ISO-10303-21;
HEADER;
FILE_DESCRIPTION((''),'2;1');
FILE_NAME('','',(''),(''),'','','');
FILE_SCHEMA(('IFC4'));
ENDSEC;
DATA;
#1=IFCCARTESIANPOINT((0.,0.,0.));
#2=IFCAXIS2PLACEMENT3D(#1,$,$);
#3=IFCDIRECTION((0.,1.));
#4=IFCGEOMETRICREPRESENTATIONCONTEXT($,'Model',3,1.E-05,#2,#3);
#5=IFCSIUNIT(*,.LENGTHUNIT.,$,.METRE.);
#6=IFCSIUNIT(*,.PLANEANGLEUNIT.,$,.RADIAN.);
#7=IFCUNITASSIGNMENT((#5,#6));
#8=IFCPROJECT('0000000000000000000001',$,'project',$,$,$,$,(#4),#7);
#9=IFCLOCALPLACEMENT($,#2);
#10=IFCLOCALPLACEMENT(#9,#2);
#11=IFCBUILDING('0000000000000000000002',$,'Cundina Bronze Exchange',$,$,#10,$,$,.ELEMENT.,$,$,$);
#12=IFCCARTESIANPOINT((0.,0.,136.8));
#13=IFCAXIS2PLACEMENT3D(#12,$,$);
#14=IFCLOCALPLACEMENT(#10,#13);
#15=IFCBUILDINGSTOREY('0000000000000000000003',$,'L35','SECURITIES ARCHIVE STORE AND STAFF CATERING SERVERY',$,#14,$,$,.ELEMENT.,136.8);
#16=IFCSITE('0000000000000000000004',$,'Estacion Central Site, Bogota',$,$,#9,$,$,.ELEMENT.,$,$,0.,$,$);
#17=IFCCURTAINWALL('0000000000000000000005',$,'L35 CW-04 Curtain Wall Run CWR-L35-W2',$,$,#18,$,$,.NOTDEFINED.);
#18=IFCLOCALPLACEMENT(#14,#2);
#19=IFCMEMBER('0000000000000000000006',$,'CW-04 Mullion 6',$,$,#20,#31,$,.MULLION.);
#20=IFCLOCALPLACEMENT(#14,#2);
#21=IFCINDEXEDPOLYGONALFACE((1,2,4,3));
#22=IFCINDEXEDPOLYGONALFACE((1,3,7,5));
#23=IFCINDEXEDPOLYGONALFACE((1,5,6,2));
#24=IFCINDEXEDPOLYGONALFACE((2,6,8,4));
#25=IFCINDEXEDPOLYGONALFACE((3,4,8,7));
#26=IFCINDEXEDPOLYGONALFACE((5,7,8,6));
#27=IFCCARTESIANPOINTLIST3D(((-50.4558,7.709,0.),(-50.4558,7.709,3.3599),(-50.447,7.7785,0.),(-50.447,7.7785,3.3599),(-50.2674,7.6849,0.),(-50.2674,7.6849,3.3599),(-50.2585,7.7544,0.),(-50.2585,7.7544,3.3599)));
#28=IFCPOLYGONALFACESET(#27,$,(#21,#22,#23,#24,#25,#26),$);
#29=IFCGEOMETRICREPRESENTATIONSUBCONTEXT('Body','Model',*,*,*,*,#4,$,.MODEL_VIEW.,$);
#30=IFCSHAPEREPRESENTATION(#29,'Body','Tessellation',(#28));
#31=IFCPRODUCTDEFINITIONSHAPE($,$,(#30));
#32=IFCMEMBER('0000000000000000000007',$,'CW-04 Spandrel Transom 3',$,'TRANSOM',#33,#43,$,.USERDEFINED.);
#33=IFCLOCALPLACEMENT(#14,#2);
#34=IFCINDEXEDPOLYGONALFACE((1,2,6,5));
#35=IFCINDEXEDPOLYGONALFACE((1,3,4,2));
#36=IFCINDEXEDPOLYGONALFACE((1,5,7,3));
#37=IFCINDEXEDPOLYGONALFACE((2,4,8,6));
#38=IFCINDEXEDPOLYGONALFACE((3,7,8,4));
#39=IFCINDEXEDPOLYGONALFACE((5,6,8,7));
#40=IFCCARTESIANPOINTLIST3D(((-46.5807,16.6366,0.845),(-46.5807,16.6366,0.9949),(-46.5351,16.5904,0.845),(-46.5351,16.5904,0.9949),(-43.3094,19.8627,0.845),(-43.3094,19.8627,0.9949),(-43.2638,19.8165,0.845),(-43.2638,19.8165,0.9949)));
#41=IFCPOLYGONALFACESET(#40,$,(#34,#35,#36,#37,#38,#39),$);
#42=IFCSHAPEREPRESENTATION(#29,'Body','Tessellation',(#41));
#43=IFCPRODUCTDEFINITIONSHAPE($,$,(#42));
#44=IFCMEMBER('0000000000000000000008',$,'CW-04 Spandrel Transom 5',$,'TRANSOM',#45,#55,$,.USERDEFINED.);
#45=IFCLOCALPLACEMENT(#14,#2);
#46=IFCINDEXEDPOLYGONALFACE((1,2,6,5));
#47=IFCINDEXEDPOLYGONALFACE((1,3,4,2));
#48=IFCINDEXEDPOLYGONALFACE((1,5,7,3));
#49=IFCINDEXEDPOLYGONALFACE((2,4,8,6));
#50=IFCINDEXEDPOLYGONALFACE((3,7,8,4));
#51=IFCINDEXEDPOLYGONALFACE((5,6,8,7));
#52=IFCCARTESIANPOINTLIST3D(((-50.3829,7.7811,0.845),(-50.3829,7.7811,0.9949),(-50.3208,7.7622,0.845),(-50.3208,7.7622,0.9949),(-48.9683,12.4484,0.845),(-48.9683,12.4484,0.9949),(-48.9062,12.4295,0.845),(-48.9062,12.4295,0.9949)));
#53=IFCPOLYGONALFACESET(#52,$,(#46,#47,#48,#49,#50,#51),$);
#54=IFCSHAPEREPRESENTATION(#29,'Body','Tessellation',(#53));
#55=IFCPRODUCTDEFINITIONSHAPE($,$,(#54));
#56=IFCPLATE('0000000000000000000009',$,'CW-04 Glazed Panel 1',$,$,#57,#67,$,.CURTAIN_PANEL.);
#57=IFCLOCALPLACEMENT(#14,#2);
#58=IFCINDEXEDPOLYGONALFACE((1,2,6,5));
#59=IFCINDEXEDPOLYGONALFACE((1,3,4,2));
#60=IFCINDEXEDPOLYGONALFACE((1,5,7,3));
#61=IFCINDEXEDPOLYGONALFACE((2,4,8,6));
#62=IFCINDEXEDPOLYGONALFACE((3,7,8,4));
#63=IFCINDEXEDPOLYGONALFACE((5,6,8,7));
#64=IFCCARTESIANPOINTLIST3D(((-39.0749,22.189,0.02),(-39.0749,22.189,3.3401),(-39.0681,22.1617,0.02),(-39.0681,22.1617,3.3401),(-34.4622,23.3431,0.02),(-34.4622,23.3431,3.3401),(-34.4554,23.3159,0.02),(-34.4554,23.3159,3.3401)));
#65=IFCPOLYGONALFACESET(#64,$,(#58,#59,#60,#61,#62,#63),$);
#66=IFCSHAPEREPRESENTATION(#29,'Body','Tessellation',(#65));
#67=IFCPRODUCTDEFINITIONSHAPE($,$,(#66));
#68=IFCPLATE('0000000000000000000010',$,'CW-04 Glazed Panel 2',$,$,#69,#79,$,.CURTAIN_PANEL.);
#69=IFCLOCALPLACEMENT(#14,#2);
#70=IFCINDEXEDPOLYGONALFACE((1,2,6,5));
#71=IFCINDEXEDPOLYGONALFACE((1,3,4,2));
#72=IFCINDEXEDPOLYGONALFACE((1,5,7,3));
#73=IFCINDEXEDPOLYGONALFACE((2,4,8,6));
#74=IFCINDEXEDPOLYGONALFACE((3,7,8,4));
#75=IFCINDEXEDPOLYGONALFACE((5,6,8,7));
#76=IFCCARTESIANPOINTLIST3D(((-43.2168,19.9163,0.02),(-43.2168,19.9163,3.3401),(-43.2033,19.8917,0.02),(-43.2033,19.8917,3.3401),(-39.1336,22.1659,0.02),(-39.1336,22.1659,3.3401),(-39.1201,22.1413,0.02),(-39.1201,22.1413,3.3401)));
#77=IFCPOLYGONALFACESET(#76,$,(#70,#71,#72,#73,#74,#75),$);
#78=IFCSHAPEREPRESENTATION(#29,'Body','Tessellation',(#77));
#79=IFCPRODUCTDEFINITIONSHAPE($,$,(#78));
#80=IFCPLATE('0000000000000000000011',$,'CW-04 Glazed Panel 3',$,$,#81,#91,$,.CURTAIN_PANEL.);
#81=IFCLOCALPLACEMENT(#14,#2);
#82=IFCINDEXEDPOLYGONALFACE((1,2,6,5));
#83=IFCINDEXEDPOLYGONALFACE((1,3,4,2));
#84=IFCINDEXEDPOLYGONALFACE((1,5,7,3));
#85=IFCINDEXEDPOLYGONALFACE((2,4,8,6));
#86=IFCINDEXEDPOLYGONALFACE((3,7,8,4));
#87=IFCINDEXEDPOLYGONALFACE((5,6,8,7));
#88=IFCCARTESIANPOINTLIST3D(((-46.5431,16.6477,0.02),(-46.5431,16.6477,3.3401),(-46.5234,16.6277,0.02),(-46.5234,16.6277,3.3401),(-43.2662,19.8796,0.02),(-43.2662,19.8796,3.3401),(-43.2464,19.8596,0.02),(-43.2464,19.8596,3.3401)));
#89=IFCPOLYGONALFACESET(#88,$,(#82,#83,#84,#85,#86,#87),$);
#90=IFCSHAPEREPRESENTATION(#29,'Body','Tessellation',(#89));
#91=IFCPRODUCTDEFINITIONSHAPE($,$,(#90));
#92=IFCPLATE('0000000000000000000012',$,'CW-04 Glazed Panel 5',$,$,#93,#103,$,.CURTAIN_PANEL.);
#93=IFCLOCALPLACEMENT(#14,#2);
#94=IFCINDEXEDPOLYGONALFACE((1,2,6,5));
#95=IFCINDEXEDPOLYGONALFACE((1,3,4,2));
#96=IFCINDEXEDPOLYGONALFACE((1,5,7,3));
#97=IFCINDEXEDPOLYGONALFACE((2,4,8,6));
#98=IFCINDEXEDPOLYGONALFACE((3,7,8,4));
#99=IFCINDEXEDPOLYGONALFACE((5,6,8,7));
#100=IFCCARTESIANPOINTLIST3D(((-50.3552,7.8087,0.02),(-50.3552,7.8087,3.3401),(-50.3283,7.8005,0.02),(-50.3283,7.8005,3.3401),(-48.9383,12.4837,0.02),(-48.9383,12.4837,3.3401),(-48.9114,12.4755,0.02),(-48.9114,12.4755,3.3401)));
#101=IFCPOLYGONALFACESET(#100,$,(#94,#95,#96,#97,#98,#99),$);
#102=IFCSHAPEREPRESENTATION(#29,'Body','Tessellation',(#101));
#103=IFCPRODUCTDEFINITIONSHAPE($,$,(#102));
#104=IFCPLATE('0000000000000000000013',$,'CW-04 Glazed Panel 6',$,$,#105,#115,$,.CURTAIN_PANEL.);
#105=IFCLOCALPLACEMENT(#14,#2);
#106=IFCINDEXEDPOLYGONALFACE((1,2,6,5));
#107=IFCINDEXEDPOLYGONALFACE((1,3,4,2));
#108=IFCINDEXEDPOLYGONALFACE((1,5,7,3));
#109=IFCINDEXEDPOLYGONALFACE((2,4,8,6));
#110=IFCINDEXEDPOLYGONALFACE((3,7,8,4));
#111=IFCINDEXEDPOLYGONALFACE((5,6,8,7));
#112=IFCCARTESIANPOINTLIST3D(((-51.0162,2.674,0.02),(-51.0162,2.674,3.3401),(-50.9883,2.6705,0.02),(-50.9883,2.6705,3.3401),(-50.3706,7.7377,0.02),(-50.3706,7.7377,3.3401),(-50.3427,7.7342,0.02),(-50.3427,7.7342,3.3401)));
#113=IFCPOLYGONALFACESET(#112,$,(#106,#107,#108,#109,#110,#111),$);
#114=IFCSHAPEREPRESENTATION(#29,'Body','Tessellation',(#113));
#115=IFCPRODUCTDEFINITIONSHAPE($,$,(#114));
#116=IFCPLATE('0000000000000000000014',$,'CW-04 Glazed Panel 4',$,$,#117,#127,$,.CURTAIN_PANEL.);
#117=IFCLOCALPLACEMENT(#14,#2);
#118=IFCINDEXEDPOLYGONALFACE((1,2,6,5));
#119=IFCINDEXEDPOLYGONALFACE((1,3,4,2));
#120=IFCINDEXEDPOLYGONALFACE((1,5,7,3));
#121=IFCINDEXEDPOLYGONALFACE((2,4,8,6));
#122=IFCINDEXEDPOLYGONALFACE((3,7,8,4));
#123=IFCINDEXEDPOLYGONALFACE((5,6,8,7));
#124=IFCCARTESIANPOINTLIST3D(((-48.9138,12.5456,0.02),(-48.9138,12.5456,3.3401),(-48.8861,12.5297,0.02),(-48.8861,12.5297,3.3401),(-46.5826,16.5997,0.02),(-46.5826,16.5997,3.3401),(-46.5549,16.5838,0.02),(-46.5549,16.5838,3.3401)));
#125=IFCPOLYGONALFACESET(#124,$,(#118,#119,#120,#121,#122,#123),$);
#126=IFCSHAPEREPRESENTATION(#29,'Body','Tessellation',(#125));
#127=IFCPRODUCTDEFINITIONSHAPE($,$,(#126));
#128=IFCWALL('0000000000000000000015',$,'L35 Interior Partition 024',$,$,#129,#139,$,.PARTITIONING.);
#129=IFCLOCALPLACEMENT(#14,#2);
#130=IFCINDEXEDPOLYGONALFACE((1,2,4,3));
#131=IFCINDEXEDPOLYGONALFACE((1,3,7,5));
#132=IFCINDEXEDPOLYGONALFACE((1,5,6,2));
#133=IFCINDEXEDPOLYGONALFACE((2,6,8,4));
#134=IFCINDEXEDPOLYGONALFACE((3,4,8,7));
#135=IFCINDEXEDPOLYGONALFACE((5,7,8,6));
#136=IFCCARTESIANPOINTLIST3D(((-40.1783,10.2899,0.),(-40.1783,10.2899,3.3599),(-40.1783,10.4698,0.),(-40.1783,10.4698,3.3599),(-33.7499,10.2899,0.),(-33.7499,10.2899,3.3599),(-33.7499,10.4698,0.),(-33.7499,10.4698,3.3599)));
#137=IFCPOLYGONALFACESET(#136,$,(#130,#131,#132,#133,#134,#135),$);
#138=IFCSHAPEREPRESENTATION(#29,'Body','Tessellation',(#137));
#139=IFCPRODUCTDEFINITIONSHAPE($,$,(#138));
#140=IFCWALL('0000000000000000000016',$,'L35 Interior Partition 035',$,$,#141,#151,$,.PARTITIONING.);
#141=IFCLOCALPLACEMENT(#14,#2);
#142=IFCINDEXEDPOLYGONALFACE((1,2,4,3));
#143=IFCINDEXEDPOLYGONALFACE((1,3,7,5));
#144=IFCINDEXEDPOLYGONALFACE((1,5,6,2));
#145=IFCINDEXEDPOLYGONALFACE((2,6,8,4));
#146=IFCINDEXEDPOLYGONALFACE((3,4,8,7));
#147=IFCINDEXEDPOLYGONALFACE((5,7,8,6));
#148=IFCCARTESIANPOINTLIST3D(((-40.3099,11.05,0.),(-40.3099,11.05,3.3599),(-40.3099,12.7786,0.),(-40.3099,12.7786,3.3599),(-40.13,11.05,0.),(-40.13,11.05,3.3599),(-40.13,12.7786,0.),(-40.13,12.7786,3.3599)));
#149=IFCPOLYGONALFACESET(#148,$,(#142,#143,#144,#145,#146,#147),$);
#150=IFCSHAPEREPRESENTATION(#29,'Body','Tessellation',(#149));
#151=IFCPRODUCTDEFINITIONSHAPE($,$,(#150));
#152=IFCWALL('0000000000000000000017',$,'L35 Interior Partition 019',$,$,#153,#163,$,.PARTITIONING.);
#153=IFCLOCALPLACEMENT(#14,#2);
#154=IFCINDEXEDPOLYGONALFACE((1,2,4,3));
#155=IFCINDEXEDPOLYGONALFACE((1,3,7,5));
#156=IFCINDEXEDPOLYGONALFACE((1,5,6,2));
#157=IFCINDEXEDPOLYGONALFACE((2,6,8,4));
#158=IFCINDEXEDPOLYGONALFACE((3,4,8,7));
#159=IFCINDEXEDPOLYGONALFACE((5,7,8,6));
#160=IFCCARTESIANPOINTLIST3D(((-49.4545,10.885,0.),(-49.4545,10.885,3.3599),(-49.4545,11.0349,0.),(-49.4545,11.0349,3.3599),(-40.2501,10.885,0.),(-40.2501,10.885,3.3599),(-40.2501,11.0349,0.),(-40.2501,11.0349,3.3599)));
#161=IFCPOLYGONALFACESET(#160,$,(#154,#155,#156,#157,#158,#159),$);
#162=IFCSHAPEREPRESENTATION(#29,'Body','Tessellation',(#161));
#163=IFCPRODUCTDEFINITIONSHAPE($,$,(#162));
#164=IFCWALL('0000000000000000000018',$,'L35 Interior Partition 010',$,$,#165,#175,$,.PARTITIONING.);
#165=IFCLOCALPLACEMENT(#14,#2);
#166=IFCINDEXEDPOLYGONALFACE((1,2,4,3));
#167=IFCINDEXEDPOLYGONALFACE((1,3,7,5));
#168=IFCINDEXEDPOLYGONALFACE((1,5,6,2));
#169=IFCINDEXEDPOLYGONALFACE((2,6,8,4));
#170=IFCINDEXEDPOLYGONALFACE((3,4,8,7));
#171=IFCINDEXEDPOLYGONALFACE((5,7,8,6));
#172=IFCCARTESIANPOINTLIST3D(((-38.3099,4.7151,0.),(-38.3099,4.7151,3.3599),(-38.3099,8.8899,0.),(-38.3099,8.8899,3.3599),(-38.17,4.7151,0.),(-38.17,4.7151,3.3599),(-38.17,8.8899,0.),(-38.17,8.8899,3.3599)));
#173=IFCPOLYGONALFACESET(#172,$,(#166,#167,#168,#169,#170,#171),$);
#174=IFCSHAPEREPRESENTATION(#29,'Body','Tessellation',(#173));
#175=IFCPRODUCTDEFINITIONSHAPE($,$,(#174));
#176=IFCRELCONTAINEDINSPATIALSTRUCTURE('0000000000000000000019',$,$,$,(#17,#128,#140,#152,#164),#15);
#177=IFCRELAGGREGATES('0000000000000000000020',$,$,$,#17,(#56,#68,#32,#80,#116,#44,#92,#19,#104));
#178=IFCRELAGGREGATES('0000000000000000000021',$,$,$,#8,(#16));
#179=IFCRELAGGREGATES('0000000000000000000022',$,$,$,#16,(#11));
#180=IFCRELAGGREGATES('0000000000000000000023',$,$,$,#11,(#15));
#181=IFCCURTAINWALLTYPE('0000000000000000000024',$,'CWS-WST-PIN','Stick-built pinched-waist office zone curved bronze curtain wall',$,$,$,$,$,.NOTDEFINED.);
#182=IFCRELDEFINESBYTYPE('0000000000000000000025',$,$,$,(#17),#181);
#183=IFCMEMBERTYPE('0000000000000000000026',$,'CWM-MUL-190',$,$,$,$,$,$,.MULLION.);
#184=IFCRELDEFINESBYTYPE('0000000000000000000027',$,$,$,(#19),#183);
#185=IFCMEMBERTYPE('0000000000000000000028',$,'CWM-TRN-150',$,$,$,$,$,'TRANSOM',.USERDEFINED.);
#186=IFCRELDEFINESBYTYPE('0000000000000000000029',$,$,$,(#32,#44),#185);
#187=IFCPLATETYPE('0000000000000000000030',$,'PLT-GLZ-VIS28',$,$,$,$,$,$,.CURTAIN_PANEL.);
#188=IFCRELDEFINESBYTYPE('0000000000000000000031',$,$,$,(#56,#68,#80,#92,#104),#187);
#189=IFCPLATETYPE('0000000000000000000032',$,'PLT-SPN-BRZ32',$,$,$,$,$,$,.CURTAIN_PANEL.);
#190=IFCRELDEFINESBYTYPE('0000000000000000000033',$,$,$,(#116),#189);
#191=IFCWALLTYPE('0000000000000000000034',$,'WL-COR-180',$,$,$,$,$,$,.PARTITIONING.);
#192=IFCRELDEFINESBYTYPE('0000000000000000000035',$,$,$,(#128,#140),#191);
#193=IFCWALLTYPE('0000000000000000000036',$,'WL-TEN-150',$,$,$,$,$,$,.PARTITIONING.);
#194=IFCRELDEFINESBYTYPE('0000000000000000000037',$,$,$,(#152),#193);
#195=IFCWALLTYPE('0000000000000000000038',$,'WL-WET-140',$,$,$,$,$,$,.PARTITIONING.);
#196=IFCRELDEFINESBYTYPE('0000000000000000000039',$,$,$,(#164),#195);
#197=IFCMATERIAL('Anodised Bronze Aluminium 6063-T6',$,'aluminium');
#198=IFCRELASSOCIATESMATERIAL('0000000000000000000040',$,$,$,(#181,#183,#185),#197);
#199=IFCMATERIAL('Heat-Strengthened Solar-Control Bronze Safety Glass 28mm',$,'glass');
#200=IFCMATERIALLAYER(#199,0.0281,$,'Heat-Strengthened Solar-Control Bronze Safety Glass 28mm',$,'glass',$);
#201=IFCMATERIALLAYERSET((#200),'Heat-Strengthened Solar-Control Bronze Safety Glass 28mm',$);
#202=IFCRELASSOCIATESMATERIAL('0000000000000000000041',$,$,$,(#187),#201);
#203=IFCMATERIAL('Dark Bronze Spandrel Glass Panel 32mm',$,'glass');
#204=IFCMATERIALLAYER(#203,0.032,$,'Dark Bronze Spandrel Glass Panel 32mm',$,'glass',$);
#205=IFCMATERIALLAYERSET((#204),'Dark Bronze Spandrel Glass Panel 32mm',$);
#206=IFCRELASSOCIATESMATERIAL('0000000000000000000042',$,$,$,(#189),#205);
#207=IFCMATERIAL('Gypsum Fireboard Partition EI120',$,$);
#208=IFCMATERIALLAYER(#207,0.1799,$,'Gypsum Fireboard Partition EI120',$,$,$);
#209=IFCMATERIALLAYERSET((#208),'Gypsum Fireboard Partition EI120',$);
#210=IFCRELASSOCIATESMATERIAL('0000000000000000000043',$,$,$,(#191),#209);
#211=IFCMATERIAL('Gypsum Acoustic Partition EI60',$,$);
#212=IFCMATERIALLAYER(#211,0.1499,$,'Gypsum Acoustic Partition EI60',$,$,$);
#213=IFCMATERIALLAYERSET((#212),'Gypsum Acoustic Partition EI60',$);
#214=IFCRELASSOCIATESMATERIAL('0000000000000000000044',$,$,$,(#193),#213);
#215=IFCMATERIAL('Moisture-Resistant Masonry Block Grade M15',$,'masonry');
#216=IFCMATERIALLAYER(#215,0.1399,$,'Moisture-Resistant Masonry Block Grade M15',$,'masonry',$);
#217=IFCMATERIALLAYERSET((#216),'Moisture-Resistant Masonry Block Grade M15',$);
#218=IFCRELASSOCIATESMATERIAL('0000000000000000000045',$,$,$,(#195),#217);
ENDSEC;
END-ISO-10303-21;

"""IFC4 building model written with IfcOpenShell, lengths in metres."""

from ifc_helpers import new_model, si_unit, direction, frame, frame_2d, origin, origin_2d, place, context, subcontext, project, spatial, rectangle, extrude, material, layer, layer_set, material_profile, profile_set, type_object, element, aggregate, save


model = new_model("IFC4")

# Units and contexts
model_context = context("Model", 3, precision=1e-05, world=origin(), true_north=direction((0.0, 1.0)))
body_context = subcontext(model_context, "Body", "Model", "MODEL_VIEW")
ifc_project = project(units=[si_unit("LENGTHUNIT", "METRE"), si_unit("PLANEANGLEUNIT", "RADIAN")], contexts=[model_context])

# Site, building, storey
site_placement = place(None, origin())
site = spatial("IfcSite", under=ifc_project, at=site_placement, Name="Estacion Central Site, Bogota", CompositionType="ELEMENT", RefElevation=0.0)
building_placement = place(site_placement, origin())
building = spatial("IfcBuilding", under=site, at=building_placement, Name="Cundina Bronze Exchange", CompositionType="ELEMENT")
storey_placement = place(building_placement, frame((0.0, 0.0, 136.8)))
storey = spatial("IfcBuildingStorey", under=building, at=storey_placement, Name="L35", Description="SECURITIES ARCHIVE STORE AND STAFF CATERING SERVERY", CompositionType="ELEMENT", Elevation=136.8)

# Curtain wall, members, plates
ifc_material_1 = material(Name="Anodised Bronze Aluminium 6063-T6", Category="aluminium")
curtain_wall_type = type_object("IfcCurtainWallType", Name="CWS-WST-PIN", Description="Stick-built pinched-waist office zone curved bronze curtain wall", PredefinedType="NOTDEFINED", material=ifc_material_1)
curtain_wall_placement = place(storey_placement, origin())
curtain_wall = element("IfcCurtainWall", 1, at=curtain_wall_placement, inside=storey, type_object=curtain_wall_type, Name="L35 CW-04 Curtain Wall Run CWR-L35-W2", PredefinedType="NOTDEFINED")
ifc_material_profile_1 = material_profile(ifc_material_1, rectangle(XDim=0.0701, YDim=0.1899, at=origin_2d()), Name="AL70X190", Category="aluminium")
ifc_profile_set_1 = profile_set([ifc_material_profile_1], Name="Anodised Bronze Aluminium 6063-T6")
member_type_1 = type_object("IfcMemberType", Name="CWM-MUL-190", PredefinedType="MULLION", material=ifc_profile_set_1)
member_1_placement = place(storey_placement, frame((-50.3572, 7.7317, 0.0), z_axis=(0.0, 0.0, 1.0), x_axis=(-0.126545, -0.991961, 0.0)))
member_1 = element("IfcMember", 2, at=member_1_placement, type_object=member_type_1, Name="CW-04 Mullion 6", PredefinedType="MULLION", context=body_context, shape_type="SweptSolid", body=[
    extrude(rectangle(XDim=0.0701, YDim=0.1899, at=origin_2d()), origin(), (0.0, 0.0, 1.0), 3.3599),
])
ifc_material_profile_2 = material_profile(ifc_material_1, rectangle(XDim=0.0649, YDim=0.1499, at=origin_2d()), Name="AL65X150", Category="aluminium")
ifc_profile_set_2 = profile_set([ifc_material_profile_2], Name="Anodised Bronze Aluminium 6063-T6")
member_type_2 = type_object("IfcMemberType", Name="CWM-TRN-150", ElementType="TRANSOM", PredefinedType="USERDEFINED", material=ifc_profile_set_2)
member_2_placement = place(storey_placement, frame((-43.2866, 19.8396, 0.9199), z_axis=(-0.712005, -0.702174, 0.0), x_axis=(0.702174, -0.712005, 0.0)))
member_2 = element("IfcMember", 3, at=member_2_placement, type_object=member_type_2, Name="CW-04 Spandrel Transom 3", ObjectType="TRANSOM", PredefinedType="USERDEFINED", context=body_context, shape_type="SweptSolid", body=[
    extrude(rectangle(XDim=0.0649, YDim=0.1499, at=origin_2d()), origin(), (0.0, 0.0, 1.0), 4.5945),
])
member_3_placement = place(storey_placement, frame((-48.9373, 12.439, 0.9199), z_axis=(-0.290052, -0.957011, 0.0), x_axis=(0.957011, -0.290052, 0.0)))
member_3 = element("IfcMember", 4, at=member_3_placement, type_object=member_type_2, Name="CW-04 Spandrel Transom 5", ObjectType="TRANSOM", PredefinedType="USERDEFINED", context=body_context, shape_type="SweptSolid", body=[
    extrude(rectangle(XDim=0.0649, YDim=0.1499, at=origin_2d()), origin(), (0.0, 0.0, 1.0), 4.877),
])
ifc_material_2 = material(Name="Heat-Strengthened Solar-Control Bronze Safety Glass 28mm", Category="glass")
ifc_layer_1 = layer(ifc_material_2, 0.0281, Name="Heat-Strengthened Solar-Control Bronze Safety Glass 28mm", Category="glass")
ifc_layer_set_1 = layer_set([ifc_layer_1], Name="Heat-Strengthened Solar-Control Bronze Safety Glass 28mm")
plate_type_1 = type_object("IfcPlateType", Name="PLT-GLZ-VIS28", PredefinedType="CURTAIN_PANEL", material=ifc_layer_set_1)
plate_1_placement = place(storey_placement, frame((-36.7651, 22.7524, 0.02), z_axis=(0.0, 0.0, 1.0), x_axis=(-0.970093, -0.242735, 0.0)))
plate_1 = element("IfcPlate", 5, at=plate_1_placement, type_object=plate_type_1, Name="CW-04 Glazed Panel 1", PredefinedType="CURTAIN_PANEL", context=body_context, shape_type="SweptSolid", body=[
    extrude(rectangle(XDim=4.7549, YDim=0.0281, at=origin_2d()), origin(), (0.0, 0.0, 1.0), 3.3201),
])
plate_2_placement = place(storey_placement, frame((-41.1685, 21.0288, 0.02), z_axis=(0.0, 0.0, 1.0), x_axis=(-0.875869, -0.482549, 0.0)))
plate_2 = element("IfcPlate", 6, at=plate_2_placement, type_object=plate_type_1, Name="CW-04 Glazed Panel 2", PredefinedType="CURTAIN_PANEL", context=body_context, shape_type="SweptSolid", body=[
    extrude(rectangle(XDim=4.6619, YDim=0.0281, at=origin_2d()), origin(), (0.0, 0.0, 1.0), 3.3201),
])
plate_3_placement = place(storey_placement, frame((-44.8948, 18.2537, 0.02), z_axis=(0.0, 0.0, 1.0), x_axis=(-0.711989, -0.70219, 0.0)))
plate_3 = element("IfcPlate", 7, at=plate_3_placement, type_object=plate_type_1, Name="CW-04 Glazed Panel 3", PredefinedType="CURTAIN_PANEL", context=body_context, shape_type="SweptSolid", body=[
    extrude(rectangle(XDim=4.6025, YDim=0.0281, at=origin_2d()), origin(), (0.0, 0.0, 1.0), 3.3201),
])
plate_4_placement = place(storey_placement, frame((-49.6333, 10.1421, 0.02), z_axis=(0.0, 0.0, 1.0), x_axis=(-0.290051, -0.957011, 0.0)))
plate_4 = element("IfcPlate", 8, at=plate_4_placement, type_object=plate_type_1, Name="CW-04 Glazed Panel 5", PredefinedType="CURTAIN_PANEL", context=body_context, shape_type="SweptSolid", body=[
    extrude(rectangle(XDim=4.885, YDim=0.0281, at=origin_2d()), origin(), (0.0, 0.0, 1.0), 3.3201),
])
plate_5_placement = place(storey_placement, frame((-50.6794, 5.2041, 0.02), z_axis=(0.0, 0.0, 1.0), x_axis=(-0.126476, -0.99197, 0.0)))
plate_5 = element("IfcPlate", 9, at=plate_5_placement, type_object=plate_type_1, Name="CW-04 Glazed Panel 6", PredefinedType="CURTAIN_PANEL", context=body_context, shape_type="SweptSolid", body=[
    extrude(rectangle(XDim=5.1047, YDim=0.0281, at=origin_2d()), origin(), (0.0, 0.0, 1.0), 3.3201),
])
ifc_material_3 = material(Name="Dark Bronze Spandrel Glass Panel 32mm", Category="glass")
ifc_layer_2 = layer(ifc_material_3, 0.032, Name="Dark Bronze Spandrel Glass Panel 32mm", Category="glass")
ifc_layer_set_2 = layer_set([ifc_layer_2], Name="Dark Bronze Spandrel Glass Panel 32mm")
plate_type_2 = type_object("IfcPlateType", Name="PLT-SPN-BRZ32", PredefinedType="CURTAIN_PANEL", material=ifc_layer_set_2)
plate_6_placement = place(storey_placement, frame((-47.7344, 14.5647, 0.02), z_axis=(0.0, 0.0, 1.0), x_axis=(-0.498488, -0.866897, 0.0)))
plate_6 = element("IfcPlate", 10, at=plate_6_placement, type_object=plate_type_2, Name="CW-04 Glazed Panel 4", PredefinedType="CURTAIN_PANEL", context=body_context, shape_type="SweptSolid", body=[
    extrude(rectangle(XDim=4.6765, YDim=0.032, at=origin_2d()), origin(), (0.0, 0.0, 1.0), 3.3201),
])
aggregate(curtain_wall, [plate_1, plate_2, member_2, plate_3, plate_6, member_3, plate_4, member_1, plate_5])

# Walls
ifc_material_4 = material(Name="Gypsum Fireboard Partition EI120")
ifc_layer_3 = layer(ifc_material_4, 0.1799, Name="Gypsum Fireboard Partition EI120")
ifc_layer_set_3 = layer_set([ifc_layer_3], Name="Gypsum Fireboard Partition EI120")
wall_type_1 = type_object("IfcWallType", Name="WL-COR-180", PredefinedType="PARTITIONING", material=ifc_layer_set_3)
wall_1_placement = place(storey_placement, frame((-40.1785, 10.3799, 0.0), z_axis=(0.0, 0.0, 1.0), x_axis=(1.0, 0.0, 0.0)))
element("IfcWall", 11, at=wall_1_placement, inside=storey, type_object=wall_type_1, Name="L35 Interior Partition 024", PredefinedType="PARTITIONING", context=body_context, shape_type="SweptSolid", body=[
    extrude(rectangle(XDim=6.4285, YDim=0.1799, at=frame_2d((3.2144, 0.0))), origin(), (0.0, 0.0, 1.0), 3.3599),
])
wall_2_placement = place(storey_placement, frame((-40.22, 12.7786, 0.0), z_axis=(0.0, 0.0, 1.0), x_axis=(0.0, -1.0, 0.0)))
element("IfcWall", 12, at=wall_2_placement, inside=storey, type_object=wall_type_1, Name="L35 Interior Partition 035", PredefinedType="PARTITIONING", context=body_context, shape_type="SweptSolid", body=[
    extrude(rectangle(XDim=1.7285, YDim=0.1799, at=frame_2d((0.8643, 0.0))), origin(), (0.0, 0.0, 1.0), 3.3599),
])
ifc_material_5 = material(Name="Gypsum Acoustic Partition EI60")
ifc_layer_4 = layer(ifc_material_5, 0.1499, Name="Gypsum Acoustic Partition EI60")
ifc_layer_set_4 = layer_set([ifc_layer_4], Name="Gypsum Acoustic Partition EI60")
wall_type_2 = type_object("IfcWallType", Name="WL-TEN-150", PredefinedType="PARTITIONING", material=ifc_layer_set_4)
wall_3_placement = place(storey_placement, frame((-49.4543, 10.96, 0.0), z_axis=(0.0, 0.0, 1.0), x_axis=(1.0, 0.0, 0.0)))
element("IfcWall", 13, at=wall_3_placement, inside=storey, type_object=wall_type_2, Name="L35 Interior Partition 019", PredefinedType="PARTITIONING", context=body_context, shape_type="SweptSolid", body=[
    extrude(rectangle(XDim=9.2043, YDim=0.1499, at=frame_2d((4.6021, 0.0))), origin(), (0.0, 0.0, 1.0), 3.3599),
])
ifc_material_6 = material(Name="Moisture-Resistant Masonry Block Grade M15", Category="masonry")
ifc_layer_5 = layer(ifc_material_6, 0.1399, Name="Moisture-Resistant Masonry Block Grade M15", Category="masonry")
ifc_layer_set_5 = layer_set([ifc_layer_5], Name="Moisture-Resistant Masonry Block Grade M15")
wall_type_3 = type_object("IfcWallType", Name="WL-WET-140", PredefinedType="PARTITIONING", material=ifc_layer_set_5)
wall_4_placement = place(storey_placement, frame((-38.24, 4.7151, 0.0), z_axis=(0.0, 0.0, 1.0), x_axis=(0.0, 1.0, 0.0)))
element("IfcWall", 14, at=wall_4_placement, inside=storey, type_object=wall_type_3, Name="L35 Interior Partition 010", PredefinedType="PARTITIONING", context=body_context, shape_type="SweptSolid", body=[
    extrude(rectangle(XDim=4.1748, YDim=0.1399, at=frame_2d((2.0874, 0.0))), origin(), (0.0, 0.0, 1.0), 3.3599),
])

save(model, "model.ifc")
